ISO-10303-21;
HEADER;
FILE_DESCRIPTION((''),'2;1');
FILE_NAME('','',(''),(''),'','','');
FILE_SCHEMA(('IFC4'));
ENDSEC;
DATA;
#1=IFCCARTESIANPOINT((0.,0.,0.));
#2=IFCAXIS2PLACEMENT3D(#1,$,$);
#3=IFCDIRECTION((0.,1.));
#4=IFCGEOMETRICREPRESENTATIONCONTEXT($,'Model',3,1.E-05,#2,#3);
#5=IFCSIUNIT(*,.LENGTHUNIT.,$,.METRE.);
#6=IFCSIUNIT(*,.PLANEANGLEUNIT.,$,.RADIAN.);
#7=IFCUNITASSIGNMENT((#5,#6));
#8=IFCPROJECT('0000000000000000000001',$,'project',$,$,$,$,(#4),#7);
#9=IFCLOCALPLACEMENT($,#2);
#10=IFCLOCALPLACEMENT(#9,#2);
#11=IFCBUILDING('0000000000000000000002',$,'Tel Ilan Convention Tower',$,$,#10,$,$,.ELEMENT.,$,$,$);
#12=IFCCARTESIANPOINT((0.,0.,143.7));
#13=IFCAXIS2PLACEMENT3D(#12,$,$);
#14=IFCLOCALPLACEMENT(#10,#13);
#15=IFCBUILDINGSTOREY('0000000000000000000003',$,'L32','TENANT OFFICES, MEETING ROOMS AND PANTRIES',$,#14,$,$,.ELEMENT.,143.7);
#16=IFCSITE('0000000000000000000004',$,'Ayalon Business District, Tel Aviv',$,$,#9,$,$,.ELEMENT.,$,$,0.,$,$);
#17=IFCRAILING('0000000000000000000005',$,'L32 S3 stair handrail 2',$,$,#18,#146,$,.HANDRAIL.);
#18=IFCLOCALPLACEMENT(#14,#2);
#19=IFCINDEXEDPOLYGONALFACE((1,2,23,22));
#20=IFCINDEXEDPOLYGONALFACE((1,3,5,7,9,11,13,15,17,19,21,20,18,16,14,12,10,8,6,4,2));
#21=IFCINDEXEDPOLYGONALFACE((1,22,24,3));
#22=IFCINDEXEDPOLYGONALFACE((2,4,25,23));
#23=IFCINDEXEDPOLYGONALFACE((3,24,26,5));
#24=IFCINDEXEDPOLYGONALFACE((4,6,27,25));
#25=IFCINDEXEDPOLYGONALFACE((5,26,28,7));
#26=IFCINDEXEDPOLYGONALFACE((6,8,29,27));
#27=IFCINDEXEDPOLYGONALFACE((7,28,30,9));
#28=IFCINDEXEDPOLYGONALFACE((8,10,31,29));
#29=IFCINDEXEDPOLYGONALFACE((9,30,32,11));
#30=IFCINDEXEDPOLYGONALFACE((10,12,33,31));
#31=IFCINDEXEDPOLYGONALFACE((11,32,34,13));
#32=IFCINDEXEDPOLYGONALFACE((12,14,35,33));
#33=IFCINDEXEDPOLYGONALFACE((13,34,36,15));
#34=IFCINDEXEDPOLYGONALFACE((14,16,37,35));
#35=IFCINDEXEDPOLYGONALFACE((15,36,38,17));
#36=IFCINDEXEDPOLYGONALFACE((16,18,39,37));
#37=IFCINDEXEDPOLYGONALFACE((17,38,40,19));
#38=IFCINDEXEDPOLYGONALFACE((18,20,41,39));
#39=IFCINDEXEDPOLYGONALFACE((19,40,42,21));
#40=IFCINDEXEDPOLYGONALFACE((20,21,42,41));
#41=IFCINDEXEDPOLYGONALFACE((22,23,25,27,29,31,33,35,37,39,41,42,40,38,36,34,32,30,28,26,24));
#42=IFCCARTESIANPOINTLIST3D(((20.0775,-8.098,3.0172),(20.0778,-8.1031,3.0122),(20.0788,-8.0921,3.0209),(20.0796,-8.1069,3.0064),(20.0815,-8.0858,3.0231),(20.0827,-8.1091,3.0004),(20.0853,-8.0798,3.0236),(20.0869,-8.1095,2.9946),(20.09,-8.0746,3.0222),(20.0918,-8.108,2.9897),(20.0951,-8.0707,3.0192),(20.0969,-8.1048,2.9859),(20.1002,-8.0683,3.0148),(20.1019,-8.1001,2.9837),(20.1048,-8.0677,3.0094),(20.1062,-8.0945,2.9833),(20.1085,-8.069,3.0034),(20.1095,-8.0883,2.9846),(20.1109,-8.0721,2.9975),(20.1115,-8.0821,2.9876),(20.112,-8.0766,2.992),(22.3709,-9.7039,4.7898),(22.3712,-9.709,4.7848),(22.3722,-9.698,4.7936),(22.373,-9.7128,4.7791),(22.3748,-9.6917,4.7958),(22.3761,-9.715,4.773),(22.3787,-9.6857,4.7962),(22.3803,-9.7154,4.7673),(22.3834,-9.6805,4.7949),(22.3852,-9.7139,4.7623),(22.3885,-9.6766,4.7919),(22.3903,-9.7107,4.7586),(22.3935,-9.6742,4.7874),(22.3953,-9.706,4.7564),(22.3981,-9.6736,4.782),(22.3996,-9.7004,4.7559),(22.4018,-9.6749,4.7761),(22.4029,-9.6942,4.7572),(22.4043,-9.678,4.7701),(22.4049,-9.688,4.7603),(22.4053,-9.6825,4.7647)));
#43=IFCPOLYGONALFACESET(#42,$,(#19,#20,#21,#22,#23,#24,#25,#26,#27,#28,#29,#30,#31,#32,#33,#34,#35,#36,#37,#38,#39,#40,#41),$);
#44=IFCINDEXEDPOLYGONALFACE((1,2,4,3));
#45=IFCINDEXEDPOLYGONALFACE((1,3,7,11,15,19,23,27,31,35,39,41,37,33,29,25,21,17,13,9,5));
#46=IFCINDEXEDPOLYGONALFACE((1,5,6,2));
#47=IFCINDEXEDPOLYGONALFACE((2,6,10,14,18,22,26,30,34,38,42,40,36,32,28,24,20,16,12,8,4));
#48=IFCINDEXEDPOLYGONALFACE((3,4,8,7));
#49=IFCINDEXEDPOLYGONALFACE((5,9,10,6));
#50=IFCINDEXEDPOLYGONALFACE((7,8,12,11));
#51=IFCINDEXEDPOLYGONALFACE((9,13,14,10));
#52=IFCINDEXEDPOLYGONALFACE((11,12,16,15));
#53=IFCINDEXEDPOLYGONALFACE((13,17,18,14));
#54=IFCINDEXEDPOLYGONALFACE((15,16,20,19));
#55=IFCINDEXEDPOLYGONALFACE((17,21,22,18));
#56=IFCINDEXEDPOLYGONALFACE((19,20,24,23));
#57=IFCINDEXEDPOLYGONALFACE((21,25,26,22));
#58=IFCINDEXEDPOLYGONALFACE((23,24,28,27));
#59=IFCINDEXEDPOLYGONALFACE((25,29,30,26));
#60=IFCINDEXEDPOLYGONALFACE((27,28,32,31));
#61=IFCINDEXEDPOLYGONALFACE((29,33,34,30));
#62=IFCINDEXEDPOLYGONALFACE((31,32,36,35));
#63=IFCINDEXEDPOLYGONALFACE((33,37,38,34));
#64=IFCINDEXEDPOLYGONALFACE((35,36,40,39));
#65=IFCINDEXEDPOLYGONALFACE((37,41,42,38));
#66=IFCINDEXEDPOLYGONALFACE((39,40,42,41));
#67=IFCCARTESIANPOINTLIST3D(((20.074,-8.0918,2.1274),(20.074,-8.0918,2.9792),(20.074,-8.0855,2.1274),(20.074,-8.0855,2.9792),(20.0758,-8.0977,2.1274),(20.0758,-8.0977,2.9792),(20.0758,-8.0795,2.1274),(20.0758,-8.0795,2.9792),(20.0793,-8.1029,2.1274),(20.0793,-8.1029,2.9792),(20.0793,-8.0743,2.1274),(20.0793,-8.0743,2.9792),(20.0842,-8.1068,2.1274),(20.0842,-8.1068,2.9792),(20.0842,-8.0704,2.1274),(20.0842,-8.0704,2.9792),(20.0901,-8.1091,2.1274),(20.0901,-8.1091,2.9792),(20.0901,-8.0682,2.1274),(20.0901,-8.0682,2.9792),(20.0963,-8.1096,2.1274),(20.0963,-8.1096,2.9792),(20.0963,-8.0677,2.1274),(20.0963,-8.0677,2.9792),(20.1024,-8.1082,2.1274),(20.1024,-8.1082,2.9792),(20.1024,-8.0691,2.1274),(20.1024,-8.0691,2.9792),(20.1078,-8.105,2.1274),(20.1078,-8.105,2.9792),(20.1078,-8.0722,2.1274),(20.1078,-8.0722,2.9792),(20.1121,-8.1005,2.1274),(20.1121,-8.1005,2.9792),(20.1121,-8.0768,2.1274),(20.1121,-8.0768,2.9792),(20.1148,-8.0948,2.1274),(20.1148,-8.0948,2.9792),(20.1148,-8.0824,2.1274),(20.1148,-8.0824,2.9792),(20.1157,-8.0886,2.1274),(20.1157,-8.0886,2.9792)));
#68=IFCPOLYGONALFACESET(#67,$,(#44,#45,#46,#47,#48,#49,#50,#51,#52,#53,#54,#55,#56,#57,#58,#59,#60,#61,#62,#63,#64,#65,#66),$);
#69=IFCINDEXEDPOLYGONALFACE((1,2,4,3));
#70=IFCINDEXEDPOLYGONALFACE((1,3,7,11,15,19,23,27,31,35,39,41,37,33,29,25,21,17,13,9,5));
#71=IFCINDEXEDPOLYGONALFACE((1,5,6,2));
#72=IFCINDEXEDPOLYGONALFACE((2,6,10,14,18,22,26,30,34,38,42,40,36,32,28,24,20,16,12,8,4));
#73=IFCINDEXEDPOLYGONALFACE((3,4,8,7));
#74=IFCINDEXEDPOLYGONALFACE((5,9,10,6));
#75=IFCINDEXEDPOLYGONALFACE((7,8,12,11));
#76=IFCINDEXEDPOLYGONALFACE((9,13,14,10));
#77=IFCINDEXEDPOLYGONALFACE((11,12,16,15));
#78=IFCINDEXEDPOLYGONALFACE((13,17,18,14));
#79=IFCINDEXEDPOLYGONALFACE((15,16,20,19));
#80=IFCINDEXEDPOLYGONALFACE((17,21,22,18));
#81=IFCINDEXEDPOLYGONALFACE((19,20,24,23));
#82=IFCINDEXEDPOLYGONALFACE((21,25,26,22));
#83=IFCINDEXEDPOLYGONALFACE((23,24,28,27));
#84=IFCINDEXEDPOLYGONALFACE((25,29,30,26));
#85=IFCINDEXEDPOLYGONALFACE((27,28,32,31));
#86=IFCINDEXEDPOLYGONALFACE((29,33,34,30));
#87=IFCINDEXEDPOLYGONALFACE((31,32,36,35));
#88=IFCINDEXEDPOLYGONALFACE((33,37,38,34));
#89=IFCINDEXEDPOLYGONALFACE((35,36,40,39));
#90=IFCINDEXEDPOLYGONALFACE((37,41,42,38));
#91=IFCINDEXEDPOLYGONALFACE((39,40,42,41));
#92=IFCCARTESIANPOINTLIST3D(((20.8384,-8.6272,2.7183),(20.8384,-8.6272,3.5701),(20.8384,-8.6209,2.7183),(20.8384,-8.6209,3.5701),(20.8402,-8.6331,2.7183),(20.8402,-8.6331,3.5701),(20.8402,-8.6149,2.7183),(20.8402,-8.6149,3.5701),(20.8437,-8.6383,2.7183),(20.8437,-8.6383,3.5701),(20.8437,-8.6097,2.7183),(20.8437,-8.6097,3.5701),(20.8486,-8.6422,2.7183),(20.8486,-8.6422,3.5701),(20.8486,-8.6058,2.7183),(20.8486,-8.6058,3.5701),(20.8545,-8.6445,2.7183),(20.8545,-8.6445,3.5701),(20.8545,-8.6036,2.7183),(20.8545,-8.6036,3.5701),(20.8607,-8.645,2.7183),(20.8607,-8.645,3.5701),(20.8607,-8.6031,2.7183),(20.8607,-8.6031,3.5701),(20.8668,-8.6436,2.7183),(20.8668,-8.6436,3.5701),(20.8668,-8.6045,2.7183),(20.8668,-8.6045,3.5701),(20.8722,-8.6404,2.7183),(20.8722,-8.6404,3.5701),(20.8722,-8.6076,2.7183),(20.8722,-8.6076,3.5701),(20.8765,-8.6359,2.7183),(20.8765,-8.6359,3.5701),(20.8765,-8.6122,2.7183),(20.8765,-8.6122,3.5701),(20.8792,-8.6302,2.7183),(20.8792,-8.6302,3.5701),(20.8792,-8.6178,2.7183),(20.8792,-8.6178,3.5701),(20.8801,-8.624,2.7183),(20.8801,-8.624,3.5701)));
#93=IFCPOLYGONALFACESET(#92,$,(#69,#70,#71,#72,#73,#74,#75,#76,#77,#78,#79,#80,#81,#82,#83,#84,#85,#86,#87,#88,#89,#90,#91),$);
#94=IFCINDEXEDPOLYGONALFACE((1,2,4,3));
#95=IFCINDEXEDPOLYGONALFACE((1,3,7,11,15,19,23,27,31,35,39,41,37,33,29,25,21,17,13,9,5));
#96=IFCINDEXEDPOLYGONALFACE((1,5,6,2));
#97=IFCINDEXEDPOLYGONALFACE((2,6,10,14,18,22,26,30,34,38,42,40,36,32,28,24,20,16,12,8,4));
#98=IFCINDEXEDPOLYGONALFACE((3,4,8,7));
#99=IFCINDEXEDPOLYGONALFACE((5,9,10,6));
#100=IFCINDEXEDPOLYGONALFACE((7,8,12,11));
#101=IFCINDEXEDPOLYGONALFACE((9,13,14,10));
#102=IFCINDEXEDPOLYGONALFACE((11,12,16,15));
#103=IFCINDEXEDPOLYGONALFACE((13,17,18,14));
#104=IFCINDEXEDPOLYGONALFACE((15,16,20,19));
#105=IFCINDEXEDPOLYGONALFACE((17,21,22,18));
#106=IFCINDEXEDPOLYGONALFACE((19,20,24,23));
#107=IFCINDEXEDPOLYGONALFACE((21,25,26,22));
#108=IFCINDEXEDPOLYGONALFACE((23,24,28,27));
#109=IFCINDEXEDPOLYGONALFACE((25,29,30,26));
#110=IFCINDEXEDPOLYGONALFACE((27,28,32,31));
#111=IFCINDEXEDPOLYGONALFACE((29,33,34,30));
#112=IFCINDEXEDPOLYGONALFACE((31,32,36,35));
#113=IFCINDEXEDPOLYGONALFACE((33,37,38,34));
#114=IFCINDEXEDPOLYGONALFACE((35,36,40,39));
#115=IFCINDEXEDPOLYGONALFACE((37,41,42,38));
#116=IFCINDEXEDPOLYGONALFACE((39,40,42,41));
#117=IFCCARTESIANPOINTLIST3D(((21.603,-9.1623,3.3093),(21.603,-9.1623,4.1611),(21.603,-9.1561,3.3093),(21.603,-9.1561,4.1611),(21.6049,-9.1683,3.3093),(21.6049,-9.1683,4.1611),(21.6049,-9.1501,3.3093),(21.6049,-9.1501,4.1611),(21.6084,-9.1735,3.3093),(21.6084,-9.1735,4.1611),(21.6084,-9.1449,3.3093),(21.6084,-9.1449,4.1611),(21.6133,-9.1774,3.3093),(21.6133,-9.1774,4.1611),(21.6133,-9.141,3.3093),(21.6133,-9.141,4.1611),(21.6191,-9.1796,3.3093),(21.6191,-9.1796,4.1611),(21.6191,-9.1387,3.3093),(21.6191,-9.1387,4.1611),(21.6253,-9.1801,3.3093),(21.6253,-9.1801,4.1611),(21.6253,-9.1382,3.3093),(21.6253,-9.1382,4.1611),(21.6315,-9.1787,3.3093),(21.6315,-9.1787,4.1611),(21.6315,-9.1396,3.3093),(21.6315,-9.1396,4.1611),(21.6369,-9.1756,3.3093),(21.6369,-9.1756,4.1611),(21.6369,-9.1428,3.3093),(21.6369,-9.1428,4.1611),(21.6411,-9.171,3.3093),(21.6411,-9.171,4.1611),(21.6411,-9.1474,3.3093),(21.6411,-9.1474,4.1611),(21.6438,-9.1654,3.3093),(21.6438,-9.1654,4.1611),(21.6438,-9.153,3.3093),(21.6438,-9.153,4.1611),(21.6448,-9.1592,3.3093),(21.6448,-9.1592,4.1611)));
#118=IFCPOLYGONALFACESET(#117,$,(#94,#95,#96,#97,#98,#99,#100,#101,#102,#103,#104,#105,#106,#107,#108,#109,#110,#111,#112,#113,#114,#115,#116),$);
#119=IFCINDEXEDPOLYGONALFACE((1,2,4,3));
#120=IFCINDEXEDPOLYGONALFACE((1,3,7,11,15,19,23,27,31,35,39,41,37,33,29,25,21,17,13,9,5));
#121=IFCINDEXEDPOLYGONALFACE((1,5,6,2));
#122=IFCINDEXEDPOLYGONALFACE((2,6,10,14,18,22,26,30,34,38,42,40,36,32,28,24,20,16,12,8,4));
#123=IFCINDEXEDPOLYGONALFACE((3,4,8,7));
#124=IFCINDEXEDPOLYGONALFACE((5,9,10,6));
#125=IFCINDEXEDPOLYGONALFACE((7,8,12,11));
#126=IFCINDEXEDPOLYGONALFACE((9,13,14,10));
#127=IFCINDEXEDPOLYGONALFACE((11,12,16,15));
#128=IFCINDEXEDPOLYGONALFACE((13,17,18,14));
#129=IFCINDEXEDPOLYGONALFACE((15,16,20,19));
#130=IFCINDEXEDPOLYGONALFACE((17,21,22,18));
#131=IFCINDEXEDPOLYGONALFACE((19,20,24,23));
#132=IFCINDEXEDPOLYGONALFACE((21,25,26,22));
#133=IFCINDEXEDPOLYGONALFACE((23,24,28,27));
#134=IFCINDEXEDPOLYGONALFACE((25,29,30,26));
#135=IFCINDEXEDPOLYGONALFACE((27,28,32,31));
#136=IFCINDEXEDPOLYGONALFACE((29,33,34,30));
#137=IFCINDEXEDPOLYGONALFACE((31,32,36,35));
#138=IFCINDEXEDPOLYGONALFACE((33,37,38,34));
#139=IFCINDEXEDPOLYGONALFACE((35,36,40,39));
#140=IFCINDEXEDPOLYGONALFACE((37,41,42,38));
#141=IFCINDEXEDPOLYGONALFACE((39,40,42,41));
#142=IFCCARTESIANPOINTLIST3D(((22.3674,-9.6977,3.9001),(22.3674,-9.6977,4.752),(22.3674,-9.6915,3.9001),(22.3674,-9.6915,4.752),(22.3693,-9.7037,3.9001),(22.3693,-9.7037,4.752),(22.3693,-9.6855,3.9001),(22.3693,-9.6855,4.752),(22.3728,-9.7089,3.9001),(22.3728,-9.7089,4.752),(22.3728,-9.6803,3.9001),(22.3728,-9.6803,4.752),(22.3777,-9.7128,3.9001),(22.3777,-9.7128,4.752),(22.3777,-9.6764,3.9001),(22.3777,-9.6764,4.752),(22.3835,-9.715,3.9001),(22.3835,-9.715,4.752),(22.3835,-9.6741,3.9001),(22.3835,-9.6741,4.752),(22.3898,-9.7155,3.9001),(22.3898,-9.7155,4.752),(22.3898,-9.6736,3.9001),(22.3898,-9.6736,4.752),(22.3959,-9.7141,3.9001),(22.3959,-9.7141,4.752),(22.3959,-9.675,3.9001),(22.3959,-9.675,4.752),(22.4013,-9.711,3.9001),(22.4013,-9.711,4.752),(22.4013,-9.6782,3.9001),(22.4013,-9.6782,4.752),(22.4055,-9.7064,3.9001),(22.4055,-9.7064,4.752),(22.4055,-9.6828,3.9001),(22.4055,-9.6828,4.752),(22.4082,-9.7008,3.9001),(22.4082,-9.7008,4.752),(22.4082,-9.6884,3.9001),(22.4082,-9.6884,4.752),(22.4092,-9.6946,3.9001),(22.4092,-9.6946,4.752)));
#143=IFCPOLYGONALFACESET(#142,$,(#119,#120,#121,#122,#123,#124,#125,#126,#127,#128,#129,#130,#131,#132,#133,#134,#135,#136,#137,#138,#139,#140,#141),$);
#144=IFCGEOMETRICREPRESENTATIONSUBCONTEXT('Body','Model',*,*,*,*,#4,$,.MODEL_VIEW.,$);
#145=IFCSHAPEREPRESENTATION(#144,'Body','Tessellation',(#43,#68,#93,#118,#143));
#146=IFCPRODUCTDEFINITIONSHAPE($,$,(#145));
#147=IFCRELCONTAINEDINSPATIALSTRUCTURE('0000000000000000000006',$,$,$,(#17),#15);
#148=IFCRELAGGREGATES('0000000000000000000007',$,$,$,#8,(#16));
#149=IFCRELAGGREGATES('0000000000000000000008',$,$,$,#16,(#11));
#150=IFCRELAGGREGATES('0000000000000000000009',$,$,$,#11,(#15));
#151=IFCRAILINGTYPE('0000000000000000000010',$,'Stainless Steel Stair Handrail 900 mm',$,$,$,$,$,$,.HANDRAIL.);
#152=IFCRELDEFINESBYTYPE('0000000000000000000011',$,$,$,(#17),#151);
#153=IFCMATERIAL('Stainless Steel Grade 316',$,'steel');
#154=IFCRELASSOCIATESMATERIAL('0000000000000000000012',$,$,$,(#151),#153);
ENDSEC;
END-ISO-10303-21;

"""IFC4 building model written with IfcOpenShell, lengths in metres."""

from ifc_helpers import new_model, si_unit, direction, frame, origin, origin_2d, place, context, subcontext, project, spatial, circle, extrude, material, type_object, element, save


model = new_model("IFC4")

# Units and contexts
model_context = context("Model", 3, precision=1e-05, world=origin(), true_north=direction((0.0, 1.0)))
body_context = subcontext(model_context, "Body", "Model", "MODEL_VIEW")
ifc_project = project(units=[si_unit("LENGTHUNIT", "METRE"), si_unit("PLANEANGLEUNIT", "RADIAN")], contexts=[model_context])

# Site, building, storey
site_placement = place(None, origin())
site = spatial("IfcSite", under=ifc_project, at=site_placement, Name="Ayalon Business District, Tel Aviv", CompositionType="ELEMENT", RefElevation=0.0)
building_placement = place(site_placement, origin())
building = spatial("IfcBuilding", under=site, at=building_placement, Name="Tel Ilan Convention Tower", CompositionType="ELEMENT")
storey_placement = place(building_placement, frame((0.0, 0.0, 143.7)))
storey = spatial("IfcBuildingStorey", under=building, at=storey_placement, Name="L32", Description="TENANT OFFICES, MEETING ROOMS AND PANTRIES", CompositionType="ELEMENT", Elevation=143.7)

# Railing
ifc_material_1 = material(Name="Stainless Steel Grade 316", Category="steel")
railing_type_1 = type_object("IfcRailingType", Name="Stainless Steel Stair Handrail 900 mm", PredefinedType="HANDRAIL", material=ifc_material_1)
railing_1_placement = place(storey_placement, frame((20.0947, -8.0886, 2.1274)))
element("IfcRailing", 1, at=railing_1_placement, inside=storey, type_object=railing_type_1, Name="L32 S3 stair handrail 2", PredefinedType="HANDRAIL", context=body_context, shape_type="SweptSolid", body=[
    extrude(circle(Radius=0.0239, at=origin_2d()), frame((0.0, 0.0, 0.876), z_axis=(0.692085, -0.484621, 0.53494), x_axis=(0.573591, 0.819142, 0.0)), (0.0, 0.0, 1.0), 3.3137),
    extrude(circle(Radius=0.021, at=origin_2d()), origin(), (0.0, 0.0, 1.0), 0.8518),
    extrude(circle(Radius=0.021, at=origin_2d()), frame((0.7644, -0.5354, 0.5908)), (0.0, 0.0, 1.0), 0.8518),
    extrude(circle(Radius=0.021, at=origin_2d()), frame((1.5291, -1.0706, 1.1819)), (0.0, 0.0, 1.0), 0.8518),
    extrude(circle(Radius=0.021, at=origin_2d()), frame((2.2935, -1.606, 1.7727)), (0.0, 0.0, 1.0), 0.8518),
])

save(model, "model.ifc")
